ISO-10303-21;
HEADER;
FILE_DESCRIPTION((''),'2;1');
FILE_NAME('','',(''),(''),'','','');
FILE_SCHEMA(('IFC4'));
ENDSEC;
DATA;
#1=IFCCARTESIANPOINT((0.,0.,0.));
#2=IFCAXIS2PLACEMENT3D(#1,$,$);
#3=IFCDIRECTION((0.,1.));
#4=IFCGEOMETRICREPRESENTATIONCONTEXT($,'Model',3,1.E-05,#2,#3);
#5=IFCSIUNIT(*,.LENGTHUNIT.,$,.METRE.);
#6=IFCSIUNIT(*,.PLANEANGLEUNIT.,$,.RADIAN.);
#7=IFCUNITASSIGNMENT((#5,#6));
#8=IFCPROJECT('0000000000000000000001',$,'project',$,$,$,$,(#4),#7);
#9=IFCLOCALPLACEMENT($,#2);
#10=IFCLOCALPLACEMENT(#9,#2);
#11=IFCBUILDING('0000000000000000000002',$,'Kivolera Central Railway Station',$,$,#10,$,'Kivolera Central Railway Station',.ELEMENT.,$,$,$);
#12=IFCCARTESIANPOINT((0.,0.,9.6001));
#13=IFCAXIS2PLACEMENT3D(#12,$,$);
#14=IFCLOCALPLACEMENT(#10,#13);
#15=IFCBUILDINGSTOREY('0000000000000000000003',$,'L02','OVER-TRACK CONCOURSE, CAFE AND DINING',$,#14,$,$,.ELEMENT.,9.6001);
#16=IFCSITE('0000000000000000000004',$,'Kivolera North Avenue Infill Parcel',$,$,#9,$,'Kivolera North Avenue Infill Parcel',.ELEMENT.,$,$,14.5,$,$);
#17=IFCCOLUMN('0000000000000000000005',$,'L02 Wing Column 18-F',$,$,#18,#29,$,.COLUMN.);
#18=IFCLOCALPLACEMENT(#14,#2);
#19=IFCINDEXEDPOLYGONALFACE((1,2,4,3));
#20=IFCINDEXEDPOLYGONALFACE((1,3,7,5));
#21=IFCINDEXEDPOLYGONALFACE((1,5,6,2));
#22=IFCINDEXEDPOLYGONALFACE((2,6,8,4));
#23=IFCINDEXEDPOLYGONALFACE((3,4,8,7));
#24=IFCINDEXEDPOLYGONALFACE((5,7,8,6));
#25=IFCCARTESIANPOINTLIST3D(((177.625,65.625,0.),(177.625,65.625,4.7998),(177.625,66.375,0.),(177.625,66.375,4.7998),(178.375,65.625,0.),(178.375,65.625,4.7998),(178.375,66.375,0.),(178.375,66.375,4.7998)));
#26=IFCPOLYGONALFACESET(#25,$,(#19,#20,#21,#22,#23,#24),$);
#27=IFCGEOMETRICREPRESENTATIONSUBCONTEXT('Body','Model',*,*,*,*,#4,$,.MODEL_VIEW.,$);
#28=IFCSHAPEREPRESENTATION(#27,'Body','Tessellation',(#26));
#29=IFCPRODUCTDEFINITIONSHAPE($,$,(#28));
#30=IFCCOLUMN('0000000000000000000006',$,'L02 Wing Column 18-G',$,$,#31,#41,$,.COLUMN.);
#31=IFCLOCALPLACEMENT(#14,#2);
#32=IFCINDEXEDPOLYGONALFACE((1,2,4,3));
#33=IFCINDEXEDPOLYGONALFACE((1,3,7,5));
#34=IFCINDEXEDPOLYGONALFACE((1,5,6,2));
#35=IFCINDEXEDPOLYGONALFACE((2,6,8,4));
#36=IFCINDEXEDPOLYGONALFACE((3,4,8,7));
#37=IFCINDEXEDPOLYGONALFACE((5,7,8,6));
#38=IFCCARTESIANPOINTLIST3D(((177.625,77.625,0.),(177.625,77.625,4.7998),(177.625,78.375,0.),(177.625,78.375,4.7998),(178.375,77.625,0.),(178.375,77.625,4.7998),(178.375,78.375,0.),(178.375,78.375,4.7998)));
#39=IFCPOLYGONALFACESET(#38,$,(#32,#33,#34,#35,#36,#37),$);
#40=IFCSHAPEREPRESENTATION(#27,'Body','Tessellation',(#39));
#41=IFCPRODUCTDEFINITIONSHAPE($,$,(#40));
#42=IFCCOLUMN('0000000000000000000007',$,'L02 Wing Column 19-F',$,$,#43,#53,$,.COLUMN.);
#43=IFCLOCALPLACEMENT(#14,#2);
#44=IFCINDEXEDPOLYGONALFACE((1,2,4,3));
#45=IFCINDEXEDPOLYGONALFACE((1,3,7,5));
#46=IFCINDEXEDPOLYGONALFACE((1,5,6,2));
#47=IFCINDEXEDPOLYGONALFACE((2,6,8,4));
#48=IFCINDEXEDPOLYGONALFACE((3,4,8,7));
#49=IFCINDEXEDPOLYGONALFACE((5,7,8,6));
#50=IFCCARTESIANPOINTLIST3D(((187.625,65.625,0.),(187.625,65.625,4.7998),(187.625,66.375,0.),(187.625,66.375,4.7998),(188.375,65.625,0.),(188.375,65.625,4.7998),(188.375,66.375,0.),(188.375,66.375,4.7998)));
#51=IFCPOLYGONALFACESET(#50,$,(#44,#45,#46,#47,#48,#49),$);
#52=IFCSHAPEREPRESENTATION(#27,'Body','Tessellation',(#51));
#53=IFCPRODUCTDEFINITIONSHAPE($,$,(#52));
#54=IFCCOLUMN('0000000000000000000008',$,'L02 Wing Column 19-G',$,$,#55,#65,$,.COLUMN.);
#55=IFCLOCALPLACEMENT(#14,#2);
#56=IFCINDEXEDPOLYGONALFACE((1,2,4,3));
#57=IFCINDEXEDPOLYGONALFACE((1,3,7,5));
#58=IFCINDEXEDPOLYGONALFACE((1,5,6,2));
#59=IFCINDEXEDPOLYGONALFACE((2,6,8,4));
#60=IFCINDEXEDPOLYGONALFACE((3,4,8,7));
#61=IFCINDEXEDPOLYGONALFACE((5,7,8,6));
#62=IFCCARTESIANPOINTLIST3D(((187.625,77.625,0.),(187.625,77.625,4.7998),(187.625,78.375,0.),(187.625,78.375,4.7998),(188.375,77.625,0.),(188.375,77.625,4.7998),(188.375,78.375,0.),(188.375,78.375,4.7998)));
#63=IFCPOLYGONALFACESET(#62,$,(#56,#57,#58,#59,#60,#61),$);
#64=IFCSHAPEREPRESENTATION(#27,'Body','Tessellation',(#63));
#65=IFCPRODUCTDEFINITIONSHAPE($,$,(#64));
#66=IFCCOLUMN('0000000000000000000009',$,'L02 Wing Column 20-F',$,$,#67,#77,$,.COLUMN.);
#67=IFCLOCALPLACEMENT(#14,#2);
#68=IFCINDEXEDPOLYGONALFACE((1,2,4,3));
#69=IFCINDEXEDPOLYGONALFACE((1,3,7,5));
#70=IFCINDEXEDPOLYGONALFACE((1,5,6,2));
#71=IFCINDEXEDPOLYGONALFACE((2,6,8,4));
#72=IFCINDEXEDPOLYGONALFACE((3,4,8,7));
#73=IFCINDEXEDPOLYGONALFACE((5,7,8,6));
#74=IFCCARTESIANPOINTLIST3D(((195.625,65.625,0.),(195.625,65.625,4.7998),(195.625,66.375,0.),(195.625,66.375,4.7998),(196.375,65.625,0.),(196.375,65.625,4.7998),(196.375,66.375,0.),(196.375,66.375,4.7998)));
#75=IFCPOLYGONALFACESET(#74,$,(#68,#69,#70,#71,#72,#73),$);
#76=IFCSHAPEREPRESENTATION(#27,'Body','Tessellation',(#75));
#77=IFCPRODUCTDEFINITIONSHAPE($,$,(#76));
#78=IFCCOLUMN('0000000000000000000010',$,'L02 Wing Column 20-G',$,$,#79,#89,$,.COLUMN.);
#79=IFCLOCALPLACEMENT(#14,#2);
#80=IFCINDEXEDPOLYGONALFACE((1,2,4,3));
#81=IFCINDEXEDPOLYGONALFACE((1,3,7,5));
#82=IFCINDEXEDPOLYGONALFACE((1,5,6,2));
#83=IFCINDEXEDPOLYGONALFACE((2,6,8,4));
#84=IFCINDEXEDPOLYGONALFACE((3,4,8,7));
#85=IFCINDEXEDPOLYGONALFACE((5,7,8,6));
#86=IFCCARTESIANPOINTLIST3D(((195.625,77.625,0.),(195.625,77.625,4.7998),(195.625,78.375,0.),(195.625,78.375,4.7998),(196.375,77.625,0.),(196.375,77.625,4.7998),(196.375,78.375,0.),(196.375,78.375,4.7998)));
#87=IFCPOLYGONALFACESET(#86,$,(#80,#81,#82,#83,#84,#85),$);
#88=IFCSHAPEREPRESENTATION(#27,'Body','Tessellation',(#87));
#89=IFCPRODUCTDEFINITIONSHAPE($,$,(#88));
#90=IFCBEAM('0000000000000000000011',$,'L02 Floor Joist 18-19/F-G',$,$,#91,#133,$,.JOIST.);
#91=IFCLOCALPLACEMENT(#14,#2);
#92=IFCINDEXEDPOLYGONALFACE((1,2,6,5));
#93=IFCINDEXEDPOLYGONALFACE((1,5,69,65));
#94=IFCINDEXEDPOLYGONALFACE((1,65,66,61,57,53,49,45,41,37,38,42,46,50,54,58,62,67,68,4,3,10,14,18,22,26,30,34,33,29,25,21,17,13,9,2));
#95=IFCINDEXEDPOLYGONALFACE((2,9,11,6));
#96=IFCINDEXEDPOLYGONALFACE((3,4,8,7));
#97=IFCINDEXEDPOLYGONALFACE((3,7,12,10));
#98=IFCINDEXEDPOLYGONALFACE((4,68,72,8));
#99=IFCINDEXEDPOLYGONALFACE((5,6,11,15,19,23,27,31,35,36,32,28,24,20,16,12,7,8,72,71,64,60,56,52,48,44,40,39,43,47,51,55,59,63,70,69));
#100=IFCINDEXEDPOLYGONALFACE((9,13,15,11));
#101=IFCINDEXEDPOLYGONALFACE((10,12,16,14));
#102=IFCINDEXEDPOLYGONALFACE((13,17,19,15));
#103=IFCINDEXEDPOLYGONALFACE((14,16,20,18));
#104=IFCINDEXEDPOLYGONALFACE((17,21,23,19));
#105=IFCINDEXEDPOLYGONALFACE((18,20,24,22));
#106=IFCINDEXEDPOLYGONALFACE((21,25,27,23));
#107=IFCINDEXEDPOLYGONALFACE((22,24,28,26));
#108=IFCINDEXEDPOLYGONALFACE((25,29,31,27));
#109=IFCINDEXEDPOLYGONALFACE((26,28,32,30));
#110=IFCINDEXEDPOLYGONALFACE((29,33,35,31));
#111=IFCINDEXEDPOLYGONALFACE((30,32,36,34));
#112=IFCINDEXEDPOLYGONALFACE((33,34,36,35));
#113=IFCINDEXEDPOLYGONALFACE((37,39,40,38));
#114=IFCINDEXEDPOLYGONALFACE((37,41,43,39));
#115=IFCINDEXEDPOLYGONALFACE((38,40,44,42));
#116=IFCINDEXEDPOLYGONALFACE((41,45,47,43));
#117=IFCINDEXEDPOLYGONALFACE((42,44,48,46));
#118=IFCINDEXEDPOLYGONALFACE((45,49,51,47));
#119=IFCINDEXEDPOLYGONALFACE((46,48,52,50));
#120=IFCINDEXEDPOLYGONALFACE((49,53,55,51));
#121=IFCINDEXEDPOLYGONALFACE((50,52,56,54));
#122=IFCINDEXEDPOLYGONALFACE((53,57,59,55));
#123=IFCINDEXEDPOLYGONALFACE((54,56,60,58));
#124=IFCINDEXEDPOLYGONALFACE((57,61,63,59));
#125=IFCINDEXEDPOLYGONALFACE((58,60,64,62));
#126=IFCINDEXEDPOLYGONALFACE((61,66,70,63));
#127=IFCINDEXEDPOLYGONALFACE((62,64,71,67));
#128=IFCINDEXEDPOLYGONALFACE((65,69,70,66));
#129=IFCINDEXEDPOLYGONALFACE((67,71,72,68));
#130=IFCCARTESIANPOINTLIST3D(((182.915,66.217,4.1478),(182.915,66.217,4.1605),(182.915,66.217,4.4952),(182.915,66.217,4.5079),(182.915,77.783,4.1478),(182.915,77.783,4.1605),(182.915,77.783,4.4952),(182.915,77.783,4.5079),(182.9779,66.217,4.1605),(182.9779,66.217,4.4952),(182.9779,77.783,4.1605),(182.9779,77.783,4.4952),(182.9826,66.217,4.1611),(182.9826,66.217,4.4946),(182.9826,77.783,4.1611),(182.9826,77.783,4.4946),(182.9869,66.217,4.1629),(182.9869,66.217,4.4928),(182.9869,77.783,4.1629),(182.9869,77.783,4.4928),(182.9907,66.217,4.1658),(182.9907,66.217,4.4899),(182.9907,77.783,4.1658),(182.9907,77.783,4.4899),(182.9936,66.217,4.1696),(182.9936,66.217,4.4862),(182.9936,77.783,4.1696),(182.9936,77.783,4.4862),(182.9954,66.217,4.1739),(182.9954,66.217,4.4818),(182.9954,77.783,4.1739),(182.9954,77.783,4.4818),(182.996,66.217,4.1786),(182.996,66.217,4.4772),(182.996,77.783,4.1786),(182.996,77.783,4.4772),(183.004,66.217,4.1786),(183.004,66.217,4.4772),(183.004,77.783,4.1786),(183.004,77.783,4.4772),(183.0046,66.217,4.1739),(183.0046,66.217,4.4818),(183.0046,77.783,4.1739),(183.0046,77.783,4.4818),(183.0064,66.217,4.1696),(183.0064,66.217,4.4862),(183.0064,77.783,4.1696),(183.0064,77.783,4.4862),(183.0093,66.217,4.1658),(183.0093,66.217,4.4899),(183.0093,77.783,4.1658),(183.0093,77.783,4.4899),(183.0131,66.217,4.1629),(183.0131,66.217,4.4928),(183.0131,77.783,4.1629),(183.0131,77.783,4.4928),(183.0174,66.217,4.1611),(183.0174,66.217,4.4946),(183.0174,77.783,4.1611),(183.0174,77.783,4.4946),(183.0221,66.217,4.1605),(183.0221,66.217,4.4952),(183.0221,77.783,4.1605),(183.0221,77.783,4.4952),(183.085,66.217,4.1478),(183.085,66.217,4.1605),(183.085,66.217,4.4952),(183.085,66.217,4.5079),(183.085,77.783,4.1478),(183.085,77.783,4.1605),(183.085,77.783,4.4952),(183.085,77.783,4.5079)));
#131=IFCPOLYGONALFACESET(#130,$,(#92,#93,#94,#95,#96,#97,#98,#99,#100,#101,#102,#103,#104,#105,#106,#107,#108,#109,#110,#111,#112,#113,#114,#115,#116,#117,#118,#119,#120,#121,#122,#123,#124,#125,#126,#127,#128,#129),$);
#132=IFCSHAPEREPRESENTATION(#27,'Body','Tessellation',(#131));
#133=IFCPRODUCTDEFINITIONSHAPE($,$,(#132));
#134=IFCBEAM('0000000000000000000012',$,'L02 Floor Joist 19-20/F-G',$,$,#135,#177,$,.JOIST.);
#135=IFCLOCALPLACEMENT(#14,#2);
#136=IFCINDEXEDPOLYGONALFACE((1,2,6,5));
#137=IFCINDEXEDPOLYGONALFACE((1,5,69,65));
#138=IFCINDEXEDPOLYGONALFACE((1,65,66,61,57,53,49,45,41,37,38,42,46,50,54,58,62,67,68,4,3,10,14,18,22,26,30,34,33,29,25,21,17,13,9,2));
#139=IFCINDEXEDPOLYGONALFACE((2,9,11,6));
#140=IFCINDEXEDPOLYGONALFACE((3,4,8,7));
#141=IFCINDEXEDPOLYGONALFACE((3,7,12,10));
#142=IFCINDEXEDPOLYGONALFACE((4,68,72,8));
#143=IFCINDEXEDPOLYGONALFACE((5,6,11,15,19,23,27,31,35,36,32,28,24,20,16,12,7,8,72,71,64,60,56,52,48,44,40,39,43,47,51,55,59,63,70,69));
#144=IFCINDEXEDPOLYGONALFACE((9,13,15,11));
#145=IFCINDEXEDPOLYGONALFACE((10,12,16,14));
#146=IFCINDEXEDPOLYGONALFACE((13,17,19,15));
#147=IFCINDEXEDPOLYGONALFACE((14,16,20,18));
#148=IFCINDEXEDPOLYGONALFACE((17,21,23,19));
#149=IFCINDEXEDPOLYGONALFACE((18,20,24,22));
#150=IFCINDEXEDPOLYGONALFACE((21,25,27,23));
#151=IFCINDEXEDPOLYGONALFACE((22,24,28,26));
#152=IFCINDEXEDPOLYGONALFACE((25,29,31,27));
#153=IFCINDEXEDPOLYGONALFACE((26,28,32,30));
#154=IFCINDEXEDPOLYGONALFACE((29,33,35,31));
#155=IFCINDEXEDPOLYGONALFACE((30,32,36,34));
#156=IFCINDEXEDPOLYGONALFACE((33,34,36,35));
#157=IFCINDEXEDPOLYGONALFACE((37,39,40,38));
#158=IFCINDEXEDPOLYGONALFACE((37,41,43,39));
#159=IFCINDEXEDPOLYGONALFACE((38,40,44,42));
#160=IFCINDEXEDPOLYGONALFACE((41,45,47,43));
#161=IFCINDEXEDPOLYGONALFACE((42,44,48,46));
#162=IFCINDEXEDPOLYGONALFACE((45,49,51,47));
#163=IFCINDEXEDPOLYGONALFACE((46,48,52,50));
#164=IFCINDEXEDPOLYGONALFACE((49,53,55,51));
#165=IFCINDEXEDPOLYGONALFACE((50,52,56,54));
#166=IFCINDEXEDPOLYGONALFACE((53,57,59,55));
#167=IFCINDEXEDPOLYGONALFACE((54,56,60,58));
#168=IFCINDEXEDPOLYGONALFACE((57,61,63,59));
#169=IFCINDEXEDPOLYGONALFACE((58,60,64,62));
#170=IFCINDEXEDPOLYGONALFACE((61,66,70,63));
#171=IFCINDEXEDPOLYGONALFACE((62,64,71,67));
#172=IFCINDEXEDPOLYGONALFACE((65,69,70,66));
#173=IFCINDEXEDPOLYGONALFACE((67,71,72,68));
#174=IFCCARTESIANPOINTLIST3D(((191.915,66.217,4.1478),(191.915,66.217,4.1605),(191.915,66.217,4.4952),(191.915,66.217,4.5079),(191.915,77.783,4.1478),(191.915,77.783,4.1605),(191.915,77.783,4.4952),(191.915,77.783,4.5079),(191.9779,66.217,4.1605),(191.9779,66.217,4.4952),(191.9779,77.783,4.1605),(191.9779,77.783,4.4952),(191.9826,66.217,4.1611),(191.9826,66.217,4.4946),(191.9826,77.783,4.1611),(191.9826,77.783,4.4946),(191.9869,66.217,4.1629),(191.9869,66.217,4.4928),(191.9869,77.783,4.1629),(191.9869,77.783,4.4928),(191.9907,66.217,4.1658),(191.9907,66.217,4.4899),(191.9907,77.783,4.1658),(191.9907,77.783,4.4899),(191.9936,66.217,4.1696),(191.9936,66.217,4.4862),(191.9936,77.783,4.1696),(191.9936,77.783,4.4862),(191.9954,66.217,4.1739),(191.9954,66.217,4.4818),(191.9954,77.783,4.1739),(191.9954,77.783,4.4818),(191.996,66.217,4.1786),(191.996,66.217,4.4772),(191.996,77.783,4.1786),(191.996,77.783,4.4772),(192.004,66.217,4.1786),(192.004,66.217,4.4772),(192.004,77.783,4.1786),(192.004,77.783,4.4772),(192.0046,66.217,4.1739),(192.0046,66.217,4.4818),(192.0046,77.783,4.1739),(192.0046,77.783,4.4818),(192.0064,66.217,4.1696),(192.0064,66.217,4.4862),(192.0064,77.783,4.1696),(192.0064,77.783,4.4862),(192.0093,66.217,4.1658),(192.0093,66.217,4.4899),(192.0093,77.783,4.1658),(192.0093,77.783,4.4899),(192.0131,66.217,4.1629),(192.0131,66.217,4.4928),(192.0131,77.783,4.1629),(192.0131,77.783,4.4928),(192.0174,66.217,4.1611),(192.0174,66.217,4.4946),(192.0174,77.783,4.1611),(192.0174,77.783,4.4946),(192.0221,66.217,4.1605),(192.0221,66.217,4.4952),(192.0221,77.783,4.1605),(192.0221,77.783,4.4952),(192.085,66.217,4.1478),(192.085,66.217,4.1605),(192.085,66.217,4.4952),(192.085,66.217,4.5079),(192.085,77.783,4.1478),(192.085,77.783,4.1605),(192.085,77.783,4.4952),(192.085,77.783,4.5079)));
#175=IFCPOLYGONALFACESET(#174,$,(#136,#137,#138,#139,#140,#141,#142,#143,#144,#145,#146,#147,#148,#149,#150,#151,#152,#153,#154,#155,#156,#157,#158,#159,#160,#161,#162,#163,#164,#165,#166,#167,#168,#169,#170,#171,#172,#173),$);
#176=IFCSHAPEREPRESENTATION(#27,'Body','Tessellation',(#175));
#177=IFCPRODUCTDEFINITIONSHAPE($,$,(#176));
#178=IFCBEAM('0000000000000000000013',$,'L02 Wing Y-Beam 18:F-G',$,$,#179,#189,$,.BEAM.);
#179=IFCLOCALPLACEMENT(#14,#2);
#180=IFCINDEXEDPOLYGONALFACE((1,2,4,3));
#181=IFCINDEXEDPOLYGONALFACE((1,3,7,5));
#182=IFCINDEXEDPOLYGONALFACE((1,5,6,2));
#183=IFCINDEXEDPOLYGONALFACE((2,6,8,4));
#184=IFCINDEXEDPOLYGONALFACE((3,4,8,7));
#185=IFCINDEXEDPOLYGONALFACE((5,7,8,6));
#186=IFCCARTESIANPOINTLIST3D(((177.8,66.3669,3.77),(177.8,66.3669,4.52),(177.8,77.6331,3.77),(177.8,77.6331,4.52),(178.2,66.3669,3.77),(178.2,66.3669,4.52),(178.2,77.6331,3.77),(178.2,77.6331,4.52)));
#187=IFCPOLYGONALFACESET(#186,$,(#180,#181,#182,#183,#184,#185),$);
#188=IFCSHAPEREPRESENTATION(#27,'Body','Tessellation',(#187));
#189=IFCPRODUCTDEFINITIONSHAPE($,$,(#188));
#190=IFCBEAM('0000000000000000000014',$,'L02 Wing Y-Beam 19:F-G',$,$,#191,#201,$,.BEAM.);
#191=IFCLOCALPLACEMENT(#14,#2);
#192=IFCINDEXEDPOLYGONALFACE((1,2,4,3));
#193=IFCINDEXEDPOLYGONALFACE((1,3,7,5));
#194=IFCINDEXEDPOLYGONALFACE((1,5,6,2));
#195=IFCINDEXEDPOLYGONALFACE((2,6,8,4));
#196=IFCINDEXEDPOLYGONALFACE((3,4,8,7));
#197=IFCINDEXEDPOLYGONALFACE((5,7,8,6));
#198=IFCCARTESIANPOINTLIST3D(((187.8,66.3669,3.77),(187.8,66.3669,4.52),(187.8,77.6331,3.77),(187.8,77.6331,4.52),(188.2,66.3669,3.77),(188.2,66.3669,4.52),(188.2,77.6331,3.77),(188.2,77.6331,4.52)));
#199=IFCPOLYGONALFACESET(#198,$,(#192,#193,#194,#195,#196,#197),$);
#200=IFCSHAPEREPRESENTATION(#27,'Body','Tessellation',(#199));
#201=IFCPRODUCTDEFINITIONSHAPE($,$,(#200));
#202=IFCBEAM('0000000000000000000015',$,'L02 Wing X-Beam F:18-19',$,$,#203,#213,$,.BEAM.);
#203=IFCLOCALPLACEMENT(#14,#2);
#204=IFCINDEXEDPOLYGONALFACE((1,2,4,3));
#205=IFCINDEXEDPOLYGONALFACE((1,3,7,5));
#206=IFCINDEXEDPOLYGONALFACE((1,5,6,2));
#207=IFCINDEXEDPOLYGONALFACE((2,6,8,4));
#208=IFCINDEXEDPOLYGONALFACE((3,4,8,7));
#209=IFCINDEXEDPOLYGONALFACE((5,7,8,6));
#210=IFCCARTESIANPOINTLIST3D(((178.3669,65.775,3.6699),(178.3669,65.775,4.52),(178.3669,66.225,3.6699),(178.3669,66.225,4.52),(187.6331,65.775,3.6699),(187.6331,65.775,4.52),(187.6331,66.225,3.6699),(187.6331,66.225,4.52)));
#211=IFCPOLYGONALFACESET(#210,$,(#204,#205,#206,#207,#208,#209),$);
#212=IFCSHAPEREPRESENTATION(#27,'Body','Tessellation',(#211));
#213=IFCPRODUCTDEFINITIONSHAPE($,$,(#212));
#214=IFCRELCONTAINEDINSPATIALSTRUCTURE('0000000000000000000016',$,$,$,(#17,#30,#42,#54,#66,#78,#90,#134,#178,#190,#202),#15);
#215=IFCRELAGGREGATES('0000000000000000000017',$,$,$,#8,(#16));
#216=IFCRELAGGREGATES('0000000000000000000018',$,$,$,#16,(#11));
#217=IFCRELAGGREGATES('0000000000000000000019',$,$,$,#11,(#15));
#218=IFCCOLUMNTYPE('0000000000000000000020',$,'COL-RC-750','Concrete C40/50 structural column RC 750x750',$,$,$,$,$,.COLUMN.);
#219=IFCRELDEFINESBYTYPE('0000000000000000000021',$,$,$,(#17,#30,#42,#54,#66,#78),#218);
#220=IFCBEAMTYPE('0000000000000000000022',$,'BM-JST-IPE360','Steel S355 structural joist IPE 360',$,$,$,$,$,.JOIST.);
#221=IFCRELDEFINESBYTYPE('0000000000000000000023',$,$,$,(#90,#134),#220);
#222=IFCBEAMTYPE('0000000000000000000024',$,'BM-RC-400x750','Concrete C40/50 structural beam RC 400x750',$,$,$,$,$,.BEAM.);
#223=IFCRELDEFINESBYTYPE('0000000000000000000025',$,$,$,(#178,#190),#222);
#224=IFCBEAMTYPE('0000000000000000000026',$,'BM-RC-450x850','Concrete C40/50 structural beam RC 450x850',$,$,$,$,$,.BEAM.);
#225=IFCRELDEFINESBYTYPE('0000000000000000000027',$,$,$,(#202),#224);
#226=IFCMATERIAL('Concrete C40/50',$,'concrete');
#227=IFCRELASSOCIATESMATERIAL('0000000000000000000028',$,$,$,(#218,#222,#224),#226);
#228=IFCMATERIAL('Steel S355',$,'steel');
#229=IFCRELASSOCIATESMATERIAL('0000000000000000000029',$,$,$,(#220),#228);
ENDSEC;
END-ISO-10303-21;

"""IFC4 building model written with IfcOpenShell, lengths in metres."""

from ifc_helpers import new_model, si_unit, direction, frame, origin, origin_2d, place, context, subcontext, project, spatial, rectangle, i_section, extrude, material, material_profile, profile_set, type_object, element, save


model = new_model("IFC4")

# Units and contexts
model_context = context("Model", 3, precision=1e-05, world=origin(), true_north=direction((0.0, 1.0)))
body_context = subcontext(model_context, "Body", "Model", "MODEL_VIEW")
ifc_project = project(units=[si_unit("LENGTHUNIT", "METRE"), si_unit("PLANEANGLEUNIT", "RADIAN")], contexts=[model_context])

# Site, building, storey
site_placement = place(None, origin())
site = spatial("IfcSite", under=ifc_project, at=site_placement, Name="Kivolera North Avenue Infill Parcel", LongName="Kivolera North Avenue Infill Parcel", CompositionType="ELEMENT", RefElevation=14.5)
building_placement = place(site_placement, origin())
building = spatial("IfcBuilding", under=site, at=building_placement, Name="Kivolera Central Railway Station", LongName="Kivolera Central Railway Station", CompositionType="ELEMENT")
storey_placement = place(building_placement, frame((0.0, 0.0, 9.6001)))
storey = spatial("IfcBuildingStorey", under=building, at=storey_placement, Name="L02", Description="OVER-TRACK CONCOURSE, CAFE AND DINING", CompositionType="ELEMENT", Elevation=9.6001)

# Columns
ifc_material_1 = material(Name="Concrete C40/50", Category="concrete")
ifc_material_profile_1 = material_profile(ifc_material_1, rectangle(XDim=0.75, YDim=0.75, at=origin_2d()), Name="RC 750x750")
ifc_profile_set_1 = profile_set([ifc_material_profile_1], Name="Concrete C40/50")
column_type = type_object("IfcColumnType", Name="COL-RC-750", Description="Concrete C40/50 structural column RC 750x750", PredefinedType="COLUMN", material=ifc_profile_set_1)
for number, where, z_axis, x_axis, name in (
    (1, (178.0, 66.0, 0.0), (0.0, 0.0, 1.0), (1.0, 0.0, 0.0), "L02 Wing Column 18-F"),
    (2, (178.0, 78.0, 0.0), (0.0, 0.0, 1.0), (1.0, 0.0, 0.0), "L02 Wing Column 18-G"),
    (3, (188.0, 66.0, 0.0), (0.0, 0.0, 1.0), (1.0, 0.0, 0.0), "L02 Wing Column 19-F"),
    (4, (188.0, 78.0, 0.0), (0.0, 0.0, 1.0), (1.0, 0.0, 0.0), "L02 Wing Column 19-G"),
    (5, (196.0, 66.0, 0.0), (0.0, 0.0, 1.0), (1.0, 0.0, 0.0), "L02 Wing Column 20-F"),
    (6, (196.0, 78.0, 0.0), (0.0, 0.0, 1.0), (1.0, 0.0, 0.0), "L02 Wing Column 20-G"),
):
    element("IfcColumn", number, at=place(storey_placement, frame(where, z_axis=z_axis, x_axis=x_axis)), inside=storey, type_object=column_type, Name=name, PredefinedType="COLUMN", context=body_context, shape_type="SweptSolid", body=[
        extrude(rectangle(XDim=0.75, YDim=0.75, at=origin_2d()), origin(), (0.0, 0.0, 1.0), 4.7998),
    ])

# Beams
ifc_material_2 = material(Name="Steel S355", Category="steel")
ifc_material_profile_2 = material_profile(ifc_material_2, i_section(OverallWidth=0.1699, OverallDepth=0.3601, WebThickness=0.0081, FlangeThickness=0.0127, FilletRadius=0.0181, at=origin_2d()), Name="IPE 360")
ifc_profile_set_2 = profile_set([ifc_material_profile_2], Name="Steel S355")
beam_type_1 = type_object("IfcBeamType", Name="BM-JST-IPE360", Description="Steel S355 structural joist IPE 360", PredefinedType="JOIST", material=ifc_profile_set_2)
for number, where, z_axis, x_axis, name in (
    (7, (183.0, 66.217, 4.3279), (0.0, 1.0, 0.0), (-1.0, 0.0, 0.0), "L02 Floor Joist 18-19/F-G"),
    (8, (192.0, 66.217, 4.3279), (0.0, 1.0, 0.0), (-1.0, 0.0, 0.0), "L02 Floor Joist 19-20/F-G"),
):
    element("IfcBeam", number, at=place(storey_placement, frame(where, z_axis=z_axis, x_axis=x_axis)), inside=storey, type_object=beam_type_1, Name=name, PredefinedType="JOIST", context=body_context, shape_type="SweptSolid", body=[
        extrude(i_section(OverallWidth=0.1699, OverallDepth=0.3601, WebThickness=0.0081, FlangeThickness=0.0127, FilletRadius=0.0181, at=origin_2d()), origin(), (0.0, 0.0, 1.0), 11.5659),
    ])
ifc_material_profile_3 = material_profile(ifc_material_1, rectangle(XDim=0.3999, YDim=0.75, at=origin_2d()), Name="RC 400x750")
ifc_profile_set_3 = profile_set([ifc_material_profile_3], Name="Concrete C40/50")
beam_type_2 = type_object("IfcBeamType", Name="BM-RC-400x750", Description="Concrete C40/50 structural beam RC 400x750", PredefinedType="BEAM", material=ifc_profile_set_3)
for number, where, z_axis, x_axis, name in (
    (9, (178.0, 66.3669, 4.145), (0.0, 1.0, 0.0), (-1.0, 0.0, 0.0), "L02 Wing Y-Beam 18:F-G"),
    (10, (188.0, 66.3669, 4.145), (0.0, 1.0, 0.0), (-1.0, 0.0, 0.0), "L02 Wing Y-Beam 19:F-G"),
):
    element("IfcBeam", number, at=place(storey_placement, frame(where, z_axis=z_axis, x_axis=x_axis)), inside=storey, type_object=beam_type_2, Name=name, PredefinedType="BEAM", context=body_context, shape_type="SweptSolid", body=[
        extrude(rectangle(XDim=0.3999, YDim=0.75, at=origin_2d()), origin(), (0.0, 0.0, 1.0), 11.2661),
    ])
ifc_material_profile_4 = material_profile(ifc_material_1, rectangle(XDim=0.45, YDim=0.8501, at=origin_2d()), Name="RC 450x850")
ifc_profile_set_4 = profile_set([ifc_material_profile_4], Name="Concrete C40/50")
beam_type_3 = type_object("IfcBeamType", Name="BM-RC-450x850", Description="Concrete C40/50 structural beam RC 450x850", PredefinedType="BEAM", material=ifc_profile_set_4)
beam_1_placement = place(storey_placement, frame((178.3669, 66.0, 4.095), z_axis=(1.0, 0.0, 0.0), x_axis=(0.0, 1.0, 0.0)))
element("IfcBeam", 11, at=beam_1_placement, inside=storey, type_object=beam_type_3, Name="L02 Wing X-Beam F:18-19", PredefinedType="BEAM", context=body_context, shape_type="SweptSolid", body=[
    extrude(rectangle(XDim=0.45, YDim=0.8501, at=origin_2d()), origin(), (0.0, 0.0, 1.0), 9.2661),
])

save(model, "model.ifc")
